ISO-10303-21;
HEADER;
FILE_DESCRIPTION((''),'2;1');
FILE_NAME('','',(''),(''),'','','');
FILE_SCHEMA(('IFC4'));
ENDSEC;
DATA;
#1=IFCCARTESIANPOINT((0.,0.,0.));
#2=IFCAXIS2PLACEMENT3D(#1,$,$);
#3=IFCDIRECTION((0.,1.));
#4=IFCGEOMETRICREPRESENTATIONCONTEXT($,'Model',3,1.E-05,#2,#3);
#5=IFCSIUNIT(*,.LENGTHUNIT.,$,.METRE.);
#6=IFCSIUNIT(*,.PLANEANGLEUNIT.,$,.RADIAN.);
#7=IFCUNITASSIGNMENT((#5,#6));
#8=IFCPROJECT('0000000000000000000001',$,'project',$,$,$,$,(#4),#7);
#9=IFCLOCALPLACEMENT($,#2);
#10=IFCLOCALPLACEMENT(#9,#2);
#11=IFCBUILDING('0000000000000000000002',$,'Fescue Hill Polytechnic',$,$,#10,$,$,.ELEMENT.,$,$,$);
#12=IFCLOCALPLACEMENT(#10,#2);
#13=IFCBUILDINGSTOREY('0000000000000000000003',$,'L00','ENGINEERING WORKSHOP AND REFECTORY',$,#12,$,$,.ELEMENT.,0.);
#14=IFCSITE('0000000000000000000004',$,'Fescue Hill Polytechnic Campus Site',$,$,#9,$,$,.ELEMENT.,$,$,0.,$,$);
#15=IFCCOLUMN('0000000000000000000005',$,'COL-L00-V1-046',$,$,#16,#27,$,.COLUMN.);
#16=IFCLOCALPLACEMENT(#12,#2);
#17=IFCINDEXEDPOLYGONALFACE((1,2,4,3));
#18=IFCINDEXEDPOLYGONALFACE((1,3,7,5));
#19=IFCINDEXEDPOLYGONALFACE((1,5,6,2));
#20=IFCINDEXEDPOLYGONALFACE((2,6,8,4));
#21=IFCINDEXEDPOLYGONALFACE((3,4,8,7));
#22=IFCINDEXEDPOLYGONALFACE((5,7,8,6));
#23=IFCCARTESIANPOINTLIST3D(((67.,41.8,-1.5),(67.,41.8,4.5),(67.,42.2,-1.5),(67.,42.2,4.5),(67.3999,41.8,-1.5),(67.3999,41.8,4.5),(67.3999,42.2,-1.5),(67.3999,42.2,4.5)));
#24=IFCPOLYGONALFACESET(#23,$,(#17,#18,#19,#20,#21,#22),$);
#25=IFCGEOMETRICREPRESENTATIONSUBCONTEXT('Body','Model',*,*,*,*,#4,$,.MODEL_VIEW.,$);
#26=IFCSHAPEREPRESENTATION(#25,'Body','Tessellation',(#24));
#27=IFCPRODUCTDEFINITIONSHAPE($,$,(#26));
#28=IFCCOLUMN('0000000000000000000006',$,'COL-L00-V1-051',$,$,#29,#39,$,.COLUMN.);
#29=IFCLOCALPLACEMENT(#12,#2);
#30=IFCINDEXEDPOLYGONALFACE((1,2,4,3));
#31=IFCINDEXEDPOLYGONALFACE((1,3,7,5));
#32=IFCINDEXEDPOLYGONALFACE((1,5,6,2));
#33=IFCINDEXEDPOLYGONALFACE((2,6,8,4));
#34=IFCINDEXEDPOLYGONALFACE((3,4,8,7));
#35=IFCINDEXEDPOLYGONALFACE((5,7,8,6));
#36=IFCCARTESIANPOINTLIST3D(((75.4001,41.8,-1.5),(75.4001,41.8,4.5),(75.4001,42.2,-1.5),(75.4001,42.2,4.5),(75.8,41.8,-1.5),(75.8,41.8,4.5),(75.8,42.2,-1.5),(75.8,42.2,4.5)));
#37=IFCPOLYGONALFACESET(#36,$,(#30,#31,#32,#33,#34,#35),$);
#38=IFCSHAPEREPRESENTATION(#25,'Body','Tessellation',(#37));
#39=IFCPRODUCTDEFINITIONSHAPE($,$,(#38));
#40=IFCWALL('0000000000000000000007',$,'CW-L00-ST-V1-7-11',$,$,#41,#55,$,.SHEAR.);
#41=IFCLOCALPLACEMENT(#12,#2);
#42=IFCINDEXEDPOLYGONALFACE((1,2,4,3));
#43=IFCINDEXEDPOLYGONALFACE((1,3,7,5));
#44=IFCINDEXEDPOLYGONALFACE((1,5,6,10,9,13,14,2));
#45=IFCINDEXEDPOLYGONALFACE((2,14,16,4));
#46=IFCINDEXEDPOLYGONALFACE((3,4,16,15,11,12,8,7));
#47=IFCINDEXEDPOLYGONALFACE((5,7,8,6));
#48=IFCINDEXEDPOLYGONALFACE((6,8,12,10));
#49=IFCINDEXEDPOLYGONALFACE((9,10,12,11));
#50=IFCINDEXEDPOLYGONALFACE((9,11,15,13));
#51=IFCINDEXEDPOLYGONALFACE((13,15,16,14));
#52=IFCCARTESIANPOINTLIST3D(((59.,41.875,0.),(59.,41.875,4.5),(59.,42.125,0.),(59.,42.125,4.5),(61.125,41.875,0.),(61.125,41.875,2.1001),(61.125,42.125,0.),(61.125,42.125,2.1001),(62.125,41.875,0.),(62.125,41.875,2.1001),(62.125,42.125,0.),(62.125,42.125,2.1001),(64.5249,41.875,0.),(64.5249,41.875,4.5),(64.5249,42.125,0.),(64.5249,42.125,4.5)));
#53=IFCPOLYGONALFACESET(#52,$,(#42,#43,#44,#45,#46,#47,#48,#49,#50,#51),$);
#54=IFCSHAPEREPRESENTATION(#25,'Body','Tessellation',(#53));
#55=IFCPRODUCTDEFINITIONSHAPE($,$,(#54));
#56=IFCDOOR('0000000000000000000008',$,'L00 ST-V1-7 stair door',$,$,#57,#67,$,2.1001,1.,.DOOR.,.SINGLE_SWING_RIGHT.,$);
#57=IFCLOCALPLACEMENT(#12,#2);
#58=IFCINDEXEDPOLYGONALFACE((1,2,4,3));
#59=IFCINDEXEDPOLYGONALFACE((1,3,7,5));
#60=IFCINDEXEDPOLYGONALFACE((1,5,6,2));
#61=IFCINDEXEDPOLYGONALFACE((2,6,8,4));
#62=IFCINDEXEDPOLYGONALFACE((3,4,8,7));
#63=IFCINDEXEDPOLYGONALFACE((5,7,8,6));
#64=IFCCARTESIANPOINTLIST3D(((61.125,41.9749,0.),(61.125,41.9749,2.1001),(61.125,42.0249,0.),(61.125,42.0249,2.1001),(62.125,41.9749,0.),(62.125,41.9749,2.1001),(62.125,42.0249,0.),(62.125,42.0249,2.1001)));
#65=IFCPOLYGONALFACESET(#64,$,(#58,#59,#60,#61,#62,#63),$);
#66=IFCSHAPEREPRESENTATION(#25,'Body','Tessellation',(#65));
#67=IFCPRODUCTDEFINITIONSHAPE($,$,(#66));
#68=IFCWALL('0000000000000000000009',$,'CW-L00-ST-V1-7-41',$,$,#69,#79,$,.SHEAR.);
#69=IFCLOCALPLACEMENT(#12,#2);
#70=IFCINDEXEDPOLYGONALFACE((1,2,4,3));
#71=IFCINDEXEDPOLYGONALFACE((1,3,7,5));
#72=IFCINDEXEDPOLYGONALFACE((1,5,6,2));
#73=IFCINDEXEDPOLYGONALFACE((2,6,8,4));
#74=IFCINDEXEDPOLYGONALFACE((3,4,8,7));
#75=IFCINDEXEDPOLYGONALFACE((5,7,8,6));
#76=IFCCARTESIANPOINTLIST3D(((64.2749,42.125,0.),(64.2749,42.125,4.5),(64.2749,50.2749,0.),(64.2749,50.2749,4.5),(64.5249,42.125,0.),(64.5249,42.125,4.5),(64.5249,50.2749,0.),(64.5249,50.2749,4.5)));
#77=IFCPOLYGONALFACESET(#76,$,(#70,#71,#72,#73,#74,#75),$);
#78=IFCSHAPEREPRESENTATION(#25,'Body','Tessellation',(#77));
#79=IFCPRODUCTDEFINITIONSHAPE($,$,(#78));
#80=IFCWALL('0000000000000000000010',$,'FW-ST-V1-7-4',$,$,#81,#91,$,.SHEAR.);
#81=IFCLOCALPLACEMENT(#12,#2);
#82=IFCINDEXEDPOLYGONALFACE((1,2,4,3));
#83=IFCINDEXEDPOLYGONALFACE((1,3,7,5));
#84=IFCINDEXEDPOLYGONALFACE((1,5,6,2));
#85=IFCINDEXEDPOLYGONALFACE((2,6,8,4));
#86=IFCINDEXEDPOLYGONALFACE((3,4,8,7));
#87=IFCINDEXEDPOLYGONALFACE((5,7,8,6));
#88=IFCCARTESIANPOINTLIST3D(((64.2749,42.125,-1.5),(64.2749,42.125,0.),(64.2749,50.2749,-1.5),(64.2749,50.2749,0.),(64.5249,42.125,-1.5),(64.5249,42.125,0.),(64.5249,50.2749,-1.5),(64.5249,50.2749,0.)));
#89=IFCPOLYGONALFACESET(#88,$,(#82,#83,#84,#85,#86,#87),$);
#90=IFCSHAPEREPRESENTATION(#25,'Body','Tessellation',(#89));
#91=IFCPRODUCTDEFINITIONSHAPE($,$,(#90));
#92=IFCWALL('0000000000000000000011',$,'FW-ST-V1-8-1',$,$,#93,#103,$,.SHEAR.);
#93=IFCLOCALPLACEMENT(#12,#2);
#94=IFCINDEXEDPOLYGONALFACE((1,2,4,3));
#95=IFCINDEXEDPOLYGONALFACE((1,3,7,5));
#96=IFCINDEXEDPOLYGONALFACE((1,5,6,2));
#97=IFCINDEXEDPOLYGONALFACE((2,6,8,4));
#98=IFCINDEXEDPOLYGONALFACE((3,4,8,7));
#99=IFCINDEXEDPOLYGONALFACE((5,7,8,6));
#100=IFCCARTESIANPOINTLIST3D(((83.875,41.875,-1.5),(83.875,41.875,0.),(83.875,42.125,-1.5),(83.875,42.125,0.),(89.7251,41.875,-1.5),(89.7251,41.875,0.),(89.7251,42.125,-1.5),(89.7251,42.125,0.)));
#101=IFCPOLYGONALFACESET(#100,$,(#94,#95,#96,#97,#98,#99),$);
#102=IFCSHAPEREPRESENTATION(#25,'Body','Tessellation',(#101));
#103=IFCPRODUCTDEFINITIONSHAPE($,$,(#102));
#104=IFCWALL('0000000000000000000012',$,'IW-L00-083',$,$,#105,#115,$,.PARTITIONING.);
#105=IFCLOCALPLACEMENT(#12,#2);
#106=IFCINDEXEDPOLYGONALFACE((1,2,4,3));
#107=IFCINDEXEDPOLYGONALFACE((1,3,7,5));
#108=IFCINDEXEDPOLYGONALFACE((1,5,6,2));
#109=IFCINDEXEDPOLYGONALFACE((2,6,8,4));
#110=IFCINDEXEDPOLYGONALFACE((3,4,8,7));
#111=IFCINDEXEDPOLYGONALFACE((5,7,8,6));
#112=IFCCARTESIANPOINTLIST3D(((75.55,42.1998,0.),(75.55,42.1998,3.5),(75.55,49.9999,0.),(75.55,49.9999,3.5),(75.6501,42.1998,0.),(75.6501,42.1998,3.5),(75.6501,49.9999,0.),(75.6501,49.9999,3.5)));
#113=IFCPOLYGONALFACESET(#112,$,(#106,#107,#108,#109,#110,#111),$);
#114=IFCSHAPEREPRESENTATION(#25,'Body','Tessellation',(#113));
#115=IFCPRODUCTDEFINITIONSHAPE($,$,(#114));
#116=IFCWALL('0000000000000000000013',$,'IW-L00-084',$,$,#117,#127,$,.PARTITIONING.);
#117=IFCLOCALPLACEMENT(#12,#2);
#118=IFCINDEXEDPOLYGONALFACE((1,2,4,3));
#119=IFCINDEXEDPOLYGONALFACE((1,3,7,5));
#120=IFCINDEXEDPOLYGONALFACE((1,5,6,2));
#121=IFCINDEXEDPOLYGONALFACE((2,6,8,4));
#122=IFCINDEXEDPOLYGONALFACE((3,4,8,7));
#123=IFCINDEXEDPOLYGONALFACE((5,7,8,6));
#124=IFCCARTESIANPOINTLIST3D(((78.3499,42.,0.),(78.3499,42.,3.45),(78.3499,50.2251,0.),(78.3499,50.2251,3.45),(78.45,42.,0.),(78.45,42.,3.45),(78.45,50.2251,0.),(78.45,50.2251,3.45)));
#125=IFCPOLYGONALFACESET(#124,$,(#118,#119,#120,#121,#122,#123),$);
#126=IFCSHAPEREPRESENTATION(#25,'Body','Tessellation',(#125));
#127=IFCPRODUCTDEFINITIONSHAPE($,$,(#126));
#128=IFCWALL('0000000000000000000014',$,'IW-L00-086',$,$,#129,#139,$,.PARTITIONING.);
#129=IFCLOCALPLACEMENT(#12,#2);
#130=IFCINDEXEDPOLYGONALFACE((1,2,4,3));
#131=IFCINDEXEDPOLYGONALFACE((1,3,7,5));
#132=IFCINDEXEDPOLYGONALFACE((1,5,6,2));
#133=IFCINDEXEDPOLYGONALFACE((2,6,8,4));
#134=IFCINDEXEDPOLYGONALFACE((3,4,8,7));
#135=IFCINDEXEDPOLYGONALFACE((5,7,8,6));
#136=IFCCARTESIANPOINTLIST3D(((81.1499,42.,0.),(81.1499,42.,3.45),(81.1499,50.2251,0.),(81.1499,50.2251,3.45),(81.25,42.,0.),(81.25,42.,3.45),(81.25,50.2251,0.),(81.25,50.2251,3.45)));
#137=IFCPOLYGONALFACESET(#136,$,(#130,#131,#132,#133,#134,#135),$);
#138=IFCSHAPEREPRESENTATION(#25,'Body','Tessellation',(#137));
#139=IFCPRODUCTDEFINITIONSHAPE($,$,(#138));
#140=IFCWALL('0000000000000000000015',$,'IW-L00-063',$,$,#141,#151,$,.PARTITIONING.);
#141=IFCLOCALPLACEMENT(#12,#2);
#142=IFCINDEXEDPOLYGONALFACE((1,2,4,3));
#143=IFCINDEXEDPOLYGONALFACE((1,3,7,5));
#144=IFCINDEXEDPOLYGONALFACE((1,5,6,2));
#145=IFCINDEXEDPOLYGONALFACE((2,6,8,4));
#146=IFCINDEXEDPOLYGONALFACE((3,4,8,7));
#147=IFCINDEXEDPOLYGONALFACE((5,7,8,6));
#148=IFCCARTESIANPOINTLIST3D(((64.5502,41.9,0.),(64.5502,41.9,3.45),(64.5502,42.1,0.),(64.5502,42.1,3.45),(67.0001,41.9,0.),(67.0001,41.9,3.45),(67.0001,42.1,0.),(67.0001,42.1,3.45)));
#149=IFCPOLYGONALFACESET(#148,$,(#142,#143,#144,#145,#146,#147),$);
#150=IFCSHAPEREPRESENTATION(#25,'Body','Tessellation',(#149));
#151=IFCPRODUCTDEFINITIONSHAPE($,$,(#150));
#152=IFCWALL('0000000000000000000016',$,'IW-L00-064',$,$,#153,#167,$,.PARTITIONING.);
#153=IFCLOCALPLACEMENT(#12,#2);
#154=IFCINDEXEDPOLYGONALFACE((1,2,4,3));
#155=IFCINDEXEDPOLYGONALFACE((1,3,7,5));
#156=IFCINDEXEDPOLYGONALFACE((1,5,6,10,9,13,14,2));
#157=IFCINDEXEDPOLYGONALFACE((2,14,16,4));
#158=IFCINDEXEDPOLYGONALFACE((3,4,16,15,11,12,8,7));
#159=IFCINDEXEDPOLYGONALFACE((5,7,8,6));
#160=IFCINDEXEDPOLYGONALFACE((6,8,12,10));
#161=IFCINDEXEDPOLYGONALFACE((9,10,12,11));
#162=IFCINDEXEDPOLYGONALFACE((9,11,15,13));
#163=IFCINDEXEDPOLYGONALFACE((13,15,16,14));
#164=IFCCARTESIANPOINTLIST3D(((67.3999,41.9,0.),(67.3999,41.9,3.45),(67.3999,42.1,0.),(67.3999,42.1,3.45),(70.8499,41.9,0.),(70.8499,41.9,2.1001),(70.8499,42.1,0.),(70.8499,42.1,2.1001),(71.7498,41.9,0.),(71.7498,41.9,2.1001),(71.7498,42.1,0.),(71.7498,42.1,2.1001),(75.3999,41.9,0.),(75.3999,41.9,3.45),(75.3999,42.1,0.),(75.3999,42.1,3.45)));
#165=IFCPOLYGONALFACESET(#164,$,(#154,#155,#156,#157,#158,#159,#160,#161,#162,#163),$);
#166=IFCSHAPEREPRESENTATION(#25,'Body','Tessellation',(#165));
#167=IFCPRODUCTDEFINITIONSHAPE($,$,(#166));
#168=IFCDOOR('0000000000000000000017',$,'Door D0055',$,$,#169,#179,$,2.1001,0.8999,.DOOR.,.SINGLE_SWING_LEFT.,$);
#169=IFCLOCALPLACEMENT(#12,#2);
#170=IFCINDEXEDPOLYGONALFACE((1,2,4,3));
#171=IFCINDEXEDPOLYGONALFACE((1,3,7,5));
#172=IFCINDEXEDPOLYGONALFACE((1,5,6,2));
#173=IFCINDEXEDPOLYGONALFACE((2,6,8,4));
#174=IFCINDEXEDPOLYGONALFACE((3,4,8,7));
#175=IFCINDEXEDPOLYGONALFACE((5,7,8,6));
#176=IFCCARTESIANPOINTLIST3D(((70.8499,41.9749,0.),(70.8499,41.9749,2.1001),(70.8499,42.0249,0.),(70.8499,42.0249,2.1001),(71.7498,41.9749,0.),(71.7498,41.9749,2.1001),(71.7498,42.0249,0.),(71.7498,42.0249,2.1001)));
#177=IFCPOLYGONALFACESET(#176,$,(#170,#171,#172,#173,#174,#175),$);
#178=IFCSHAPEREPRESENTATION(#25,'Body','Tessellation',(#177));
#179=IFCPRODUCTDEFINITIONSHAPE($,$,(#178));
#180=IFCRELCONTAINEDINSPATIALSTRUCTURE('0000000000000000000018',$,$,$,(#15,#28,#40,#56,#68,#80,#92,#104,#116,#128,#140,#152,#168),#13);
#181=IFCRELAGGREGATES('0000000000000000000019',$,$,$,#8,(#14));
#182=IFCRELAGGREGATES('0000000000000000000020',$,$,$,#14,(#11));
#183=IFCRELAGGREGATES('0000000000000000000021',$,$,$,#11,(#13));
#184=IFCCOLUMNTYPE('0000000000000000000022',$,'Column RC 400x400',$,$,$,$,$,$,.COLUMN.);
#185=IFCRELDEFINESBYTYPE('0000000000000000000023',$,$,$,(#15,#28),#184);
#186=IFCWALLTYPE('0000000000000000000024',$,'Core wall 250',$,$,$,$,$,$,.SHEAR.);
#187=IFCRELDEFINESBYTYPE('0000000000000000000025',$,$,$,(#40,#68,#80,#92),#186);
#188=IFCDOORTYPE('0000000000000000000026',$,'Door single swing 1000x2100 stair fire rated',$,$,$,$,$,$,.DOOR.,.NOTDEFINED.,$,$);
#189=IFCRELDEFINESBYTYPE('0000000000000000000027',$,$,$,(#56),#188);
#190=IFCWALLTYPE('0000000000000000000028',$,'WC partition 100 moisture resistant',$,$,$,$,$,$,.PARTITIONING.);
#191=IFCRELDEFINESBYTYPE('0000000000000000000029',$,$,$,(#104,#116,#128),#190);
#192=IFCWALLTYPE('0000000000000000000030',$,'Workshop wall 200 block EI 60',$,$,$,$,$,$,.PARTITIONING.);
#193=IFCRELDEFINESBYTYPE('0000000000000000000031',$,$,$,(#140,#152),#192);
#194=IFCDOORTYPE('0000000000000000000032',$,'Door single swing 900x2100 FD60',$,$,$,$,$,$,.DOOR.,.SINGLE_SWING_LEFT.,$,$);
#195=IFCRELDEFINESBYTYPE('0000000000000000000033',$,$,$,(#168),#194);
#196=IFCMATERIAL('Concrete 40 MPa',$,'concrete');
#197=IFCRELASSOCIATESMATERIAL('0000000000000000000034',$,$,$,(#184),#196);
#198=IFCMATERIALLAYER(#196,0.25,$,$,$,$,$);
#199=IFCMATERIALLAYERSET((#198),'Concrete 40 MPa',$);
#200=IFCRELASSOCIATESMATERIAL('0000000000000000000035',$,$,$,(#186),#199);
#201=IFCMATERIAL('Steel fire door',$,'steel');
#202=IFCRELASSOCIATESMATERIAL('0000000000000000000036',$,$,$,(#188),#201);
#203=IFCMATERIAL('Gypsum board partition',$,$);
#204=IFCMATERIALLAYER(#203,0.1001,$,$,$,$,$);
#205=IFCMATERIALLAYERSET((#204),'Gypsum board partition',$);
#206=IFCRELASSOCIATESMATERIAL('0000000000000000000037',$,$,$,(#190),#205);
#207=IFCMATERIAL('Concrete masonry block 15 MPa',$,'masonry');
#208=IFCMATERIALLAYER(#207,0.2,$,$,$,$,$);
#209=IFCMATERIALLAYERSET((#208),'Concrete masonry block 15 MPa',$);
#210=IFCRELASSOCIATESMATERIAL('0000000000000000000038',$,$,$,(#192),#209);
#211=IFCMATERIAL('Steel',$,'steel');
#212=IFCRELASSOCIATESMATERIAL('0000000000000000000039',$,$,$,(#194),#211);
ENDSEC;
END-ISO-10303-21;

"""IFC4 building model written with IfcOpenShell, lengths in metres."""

from ifc_helpers import new_model, si_unit, direction, frame, frame_2d, origin, origin_2d, place, context, subcontext, project, spatial, rectangle, extrude, material, layer, layer_set, material_profile, profile_set, type_object, element, fill, save


model = new_model("IFC4")

# Units and contexts
model_context = context("Model", 3, precision=1e-05, world=origin(), true_north=direction((0.0, 1.0)))
body_context = subcontext(model_context, "Body", "Model", "MODEL_VIEW")
ifc_project = project(units=[si_unit("LENGTHUNIT", "METRE"), si_unit("PLANEANGLEUNIT", "RADIAN")], contexts=[model_context])

# Site, building, storey
site_placement = place(None, origin())
site = spatial("IfcSite", under=ifc_project, at=site_placement, Name="Fescue Hill Polytechnic Campus Site", CompositionType="ELEMENT", RefElevation=0.0)
building_placement = place(site_placement, origin())
building = spatial("IfcBuilding", under=site, at=building_placement, Name="Fescue Hill Polytechnic", CompositionType="ELEMENT")
storey_placement = place(building_placement, origin())
storey = spatial("IfcBuildingStorey", under=building, at=storey_placement, Name="L00", Description="ENGINEERING WORKSHOP AND REFECTORY", CompositionType="ELEMENT", Elevation=0.0)

# Columns
ifc_material_1 = material(Name="Concrete 40 MPa", Category="concrete")
ifc_material_profile = material_profile(ifc_material_1, rectangle(XDim=0.3999, YDim=0.3999, at=origin_2d()), Name="RC 400x400")
ifc_profile_set = profile_set([ifc_material_profile], Name="Concrete 40 MPa")
column_type = type_object("IfcColumnType", Name="Column RC 400x400", PredefinedType="COLUMN", material=ifc_profile_set)
for number, where, z_axis, x_axis, name in (
    (1, (67.2, 42.0, -1.5), (0.0, 0.0, 1.0), (1.0, 0.0, 0.0), "COL-L00-V1-046"),
    (2, (75.6001, 42.0, -1.5), (0.0, 0.0, 1.0), (1.0, 0.0, 0.0), "COL-L00-V1-051"),
):
    element("IfcColumn", number, at=place(storey_placement, frame(where, z_axis=z_axis, x_axis=x_axis)), inside=storey, type_object=column_type, Name=name, PredefinedType="COLUMN", context=body_context, shape_type="SweptSolid", body=[
        extrude(rectangle(XDim=0.3999, YDim=0.3999, at=origin_2d()), origin(), (0.0, 0.0, 1.0), 6.0),
    ])

# Wall, opening, door
ifc_layer_1 = layer(ifc_material_1, 0.25)
ifc_layer_set_1 = layer_set([ifc_layer_1], Name="Concrete 40 MPa")
wall_type_1 = type_object("IfcWallType", Name="Core wall 250", PredefinedType="SHEAR", material=ifc_layer_set_1)
wall_1_placement = place(storey_placement, frame((59.0, 42.0, 0.0), z_axis=(0.0, 0.0, 1.0), x_axis=(1.0, 0.0, 0.0)))
wall_1 = element("IfcWall", 3, at=wall_1_placement, inside=storey, type_object=wall_type_1, Name="CW-L00-ST-V1-7-11", PredefinedType="SHEAR", context=body_context, shape_type="SweptSolid", body=[
    extrude(rectangle(XDim=5.5249, YDim=0.25, at=frame_2d((2.7625, 0.0))), origin(), (0.0, 0.0, 1.0), 4.5),
])
opening_1_placement = place(wall_1_placement, frame((2.125, 0.0, 0.0)))
opening_1 = element("IfcOpeningElement", 4, at=opening_1_placement, cuts=wall_1, PredefinedType="OPENING", context=body_context, shape_type="SweptSolid", body=[
    extrude(rectangle(XDim=1.0, YDim=2.1001, at=frame_2d((0.5, 1.05))), frame((0.0, 0.135, 0.0), z_axis=(0.0, -1.0, 0.0), x_axis=(1.0, 0.0, 0.0)), (0.0, 0.0, 1.0), 0.27),
])
ifc_material_2 = material(Name="Steel fire door", Category="steel")
door_type_1 = type_object("IfcDoorType", Name="Door single swing 1000x2100 stair fire rated", OperationType="NOTDEFINED", PredefinedType="DOOR", material=ifc_material_2)
door_1_placement = place(opening_1_placement, origin())
door_1 = element("IfcDoor", 5, at=door_1_placement, inside=storey, type_object=door_type_1, Name="L00 ST-V1-7 stair door", OperationType="SINGLE_SWING_RIGHT", OverallHeight=2.1001, OverallWidth=1.0, PredefinedType="DOOR", context=body_context, shape_type="SweptSolid", body=[
    extrude(rectangle(XDim=1.0, YDim=2.1001, at=frame_2d((0.5, 1.05))), frame((0.0, 0.0249, 0.0), z_axis=(0.0, -1.0, 0.0), x_axis=(1.0, 0.0, 0.0)), (0.0, 0.0, 1.0), 0.05),
])
fill(opening_1, door_1)

# Walls
wall_2_placement = place(storey_placement, frame((64.3999, 42.125, 0.0), z_axis=(0.0, 0.0, 1.0), x_axis=(0.0, 1.0, 0.0)))
element("IfcWall", 6, at=wall_2_placement, inside=storey, type_object=wall_type_1, Name="CW-L00-ST-V1-7-41", PredefinedType="SHEAR", context=body_context, shape_type="SweptSolid", body=[
    extrude(rectangle(XDim=8.1499, YDim=0.25, at=frame_2d((4.075, 0.0))), origin(), (0.0, 0.0, 1.0), 4.5),
])
wall_3_placement = place(storey_placement, frame((64.3999, 42.125, -1.5), z_axis=(0.0, 0.0, 1.0), x_axis=(0.0, 1.0, 0.0)))
element("IfcWall", 7, at=wall_3_placement, inside=storey, type_object=wall_type_1, Name="FW-ST-V1-7-4", PredefinedType="SHEAR", context=body_context, shape_type="SweptSolid", body=[
    extrude(rectangle(XDim=8.1499, YDim=0.25, at=frame_2d((4.075, 0.0))), origin(), (0.0, 0.0, 1.0), 1.5),
])
wall_4_placement = place(storey_placement, frame((83.875, 42.0, -1.5), z_axis=(0.0, 0.0, 1.0), x_axis=(1.0, 0.0, 0.0)))
element("IfcWall", 8, at=wall_4_placement, inside=storey, type_object=wall_type_1, Name="FW-ST-V1-8-1", PredefinedType="SHEAR", context=body_context, shape_type="SweptSolid", body=[
    extrude(rectangle(XDim=5.8501, YDim=0.25, at=frame_2d((2.925, 0.0))), origin(), (0.0, 0.0, 1.0), 1.5),
])
ifc_material_3 = material(Name="Gypsum board partition")
ifc_layer_2 = layer(ifc_material_3, 0.1001)
ifc_layer_set_2 = layer_set([ifc_layer_2], Name="Gypsum board partition")
wall_type_2 = type_object("IfcWallType", Name="WC partition 100 moisture resistant", PredefinedType="PARTITIONING", material=ifc_layer_set_2)
wall_5_placement = place(storey_placement, frame((75.6001, 42.2, 0.0), z_axis=(0.0, 0.0, 1.0), x_axis=(0.0, 1.0, 0.0)))
element("IfcWall", 9, at=wall_5_placement, inside=storey, type_object=wall_type_2, Name="IW-L00-083", PredefinedType="PARTITIONING", context=body_context, shape_type="SweptSolid", body=[
    extrude(rectangle(XDim=7.8, YDim=0.1001, at=frame_2d((3.8999, 0.0))), origin(), (0.0, 0.0, 1.0), 3.5),
])
for number, where, z_axis, x_axis, name in (
    (10, (78.3999, 42.0, 0.0), (0.0, 0.0, 1.0), (0.0, 1.0, 0.0), "IW-L00-084"),
    (11, (81.2, 42.0, 0.0), (0.0, 0.0, 1.0), (0.0, 1.0, 0.0), "IW-L00-086"),
):
    element("IfcWall", number, at=place(storey_placement, frame(where, z_axis=z_axis, x_axis=x_axis)), inside=storey, type_object=wall_type_2, Name=name, PredefinedType="PARTITIONING", context=body_context, shape_type="SweptSolid", body=[
        extrude(rectangle(XDim=8.2251, YDim=0.1001, at=frame_2d((4.1125, 0.0))), origin(), (0.0, 0.0, 1.0), 3.45),
    ])
ifc_material_4 = material(Name="Concrete masonry block 15 MPa", Category="masonry")
ifc_layer_3 = layer(ifc_material_4, 0.2)
ifc_layer_set_3 = layer_set([ifc_layer_3], Name="Concrete masonry block 15 MPa")
wall_type_3 = type_object("IfcWallType", Name="Workshop wall 200 block EI 60", PredefinedType="PARTITIONING", material=ifc_layer_set_3)
wall_6_placement = place(storey_placement, frame((64.55, 42.0, 0.0), z_axis=(0.0, 0.0, 1.0), x_axis=(1.0, 0.0, 0.0)))
element("IfcWall", 12, at=wall_6_placement, inside=storey, type_object=wall_type_3, Name="IW-L00-063", PredefinedType="PARTITIONING", context=body_context, shape_type="SweptSolid", body=[
    extrude(rectangle(XDim=2.45, YDim=0.2, at=frame_2d((1.2251, 0.0))), origin(), (0.0, 0.0, 1.0), 3.45),
])

# Wall, opening, door
wall_7_placement = place(storey_placement, frame((67.3999, 42.0, 0.0), z_axis=(0.0, 0.0, 1.0), x_axis=(1.0, 0.0, 0.0)))
wall_7 = element("IfcWall", 13, at=wall_7_placement, inside=storey, type_object=wall_type_3, Name="IW-L00-064", PredefinedType="PARTITIONING", context=body_context, shape_type="SweptSolid", body=[
    extrude(rectangle(XDim=8.0, YDim=0.2, at=frame_2d((4.0, 0.0))), origin(), (0.0, 0.0, 1.0), 3.45),
])
opening_2_placement = place(wall_7_placement, frame((3.45, 0.0, 0.0)))
opening_2 = element("IfcOpeningElement", 14, at=opening_2_placement, cuts=wall_7, PredefinedType="OPENING", context=body_context, shape_type="SweptSolid", body=[
    extrude(rectangle(XDim=0.8999, YDim=2.1001, at=frame_2d((0.45, 1.05))), frame((0.0, 0.1099, 0.0), z_axis=(0.0, -1.0, 0.0), x_axis=(1.0, 0.0, 0.0)), (0.0, 0.0, 1.0), 0.22),
])
ifc_material_5 = material(Name="Steel", Category="steel")
door_type_2 = type_object("IfcDoorType", Name="Door single swing 900x2100 FD60", OperationType="SINGLE_SWING_LEFT", PredefinedType="DOOR", material=ifc_material_5)
door_2_placement = place(opening_2_placement, origin())
door_2 = element("IfcDoor", 15, at=door_2_placement, inside=storey, type_object=door_type_2, Name="Door D0055", OperationType="SINGLE_SWING_LEFT", OverallHeight=2.1001, OverallWidth=0.8999, PredefinedType="DOOR", context=body_context, shape_type="SweptSolid", body=[
    extrude(rectangle(XDim=0.8999, YDim=2.1001, at=frame_2d((0.45, 1.05))), frame((0.0, 0.0249, 0.0), z_axis=(0.0, -1.0, 0.0), x_axis=(1.0, 0.0, 0.0)), (0.0, 0.0, 1.0), 0.05),
])
fill(opening_2, door_2)

save(model, "model.ifc")
